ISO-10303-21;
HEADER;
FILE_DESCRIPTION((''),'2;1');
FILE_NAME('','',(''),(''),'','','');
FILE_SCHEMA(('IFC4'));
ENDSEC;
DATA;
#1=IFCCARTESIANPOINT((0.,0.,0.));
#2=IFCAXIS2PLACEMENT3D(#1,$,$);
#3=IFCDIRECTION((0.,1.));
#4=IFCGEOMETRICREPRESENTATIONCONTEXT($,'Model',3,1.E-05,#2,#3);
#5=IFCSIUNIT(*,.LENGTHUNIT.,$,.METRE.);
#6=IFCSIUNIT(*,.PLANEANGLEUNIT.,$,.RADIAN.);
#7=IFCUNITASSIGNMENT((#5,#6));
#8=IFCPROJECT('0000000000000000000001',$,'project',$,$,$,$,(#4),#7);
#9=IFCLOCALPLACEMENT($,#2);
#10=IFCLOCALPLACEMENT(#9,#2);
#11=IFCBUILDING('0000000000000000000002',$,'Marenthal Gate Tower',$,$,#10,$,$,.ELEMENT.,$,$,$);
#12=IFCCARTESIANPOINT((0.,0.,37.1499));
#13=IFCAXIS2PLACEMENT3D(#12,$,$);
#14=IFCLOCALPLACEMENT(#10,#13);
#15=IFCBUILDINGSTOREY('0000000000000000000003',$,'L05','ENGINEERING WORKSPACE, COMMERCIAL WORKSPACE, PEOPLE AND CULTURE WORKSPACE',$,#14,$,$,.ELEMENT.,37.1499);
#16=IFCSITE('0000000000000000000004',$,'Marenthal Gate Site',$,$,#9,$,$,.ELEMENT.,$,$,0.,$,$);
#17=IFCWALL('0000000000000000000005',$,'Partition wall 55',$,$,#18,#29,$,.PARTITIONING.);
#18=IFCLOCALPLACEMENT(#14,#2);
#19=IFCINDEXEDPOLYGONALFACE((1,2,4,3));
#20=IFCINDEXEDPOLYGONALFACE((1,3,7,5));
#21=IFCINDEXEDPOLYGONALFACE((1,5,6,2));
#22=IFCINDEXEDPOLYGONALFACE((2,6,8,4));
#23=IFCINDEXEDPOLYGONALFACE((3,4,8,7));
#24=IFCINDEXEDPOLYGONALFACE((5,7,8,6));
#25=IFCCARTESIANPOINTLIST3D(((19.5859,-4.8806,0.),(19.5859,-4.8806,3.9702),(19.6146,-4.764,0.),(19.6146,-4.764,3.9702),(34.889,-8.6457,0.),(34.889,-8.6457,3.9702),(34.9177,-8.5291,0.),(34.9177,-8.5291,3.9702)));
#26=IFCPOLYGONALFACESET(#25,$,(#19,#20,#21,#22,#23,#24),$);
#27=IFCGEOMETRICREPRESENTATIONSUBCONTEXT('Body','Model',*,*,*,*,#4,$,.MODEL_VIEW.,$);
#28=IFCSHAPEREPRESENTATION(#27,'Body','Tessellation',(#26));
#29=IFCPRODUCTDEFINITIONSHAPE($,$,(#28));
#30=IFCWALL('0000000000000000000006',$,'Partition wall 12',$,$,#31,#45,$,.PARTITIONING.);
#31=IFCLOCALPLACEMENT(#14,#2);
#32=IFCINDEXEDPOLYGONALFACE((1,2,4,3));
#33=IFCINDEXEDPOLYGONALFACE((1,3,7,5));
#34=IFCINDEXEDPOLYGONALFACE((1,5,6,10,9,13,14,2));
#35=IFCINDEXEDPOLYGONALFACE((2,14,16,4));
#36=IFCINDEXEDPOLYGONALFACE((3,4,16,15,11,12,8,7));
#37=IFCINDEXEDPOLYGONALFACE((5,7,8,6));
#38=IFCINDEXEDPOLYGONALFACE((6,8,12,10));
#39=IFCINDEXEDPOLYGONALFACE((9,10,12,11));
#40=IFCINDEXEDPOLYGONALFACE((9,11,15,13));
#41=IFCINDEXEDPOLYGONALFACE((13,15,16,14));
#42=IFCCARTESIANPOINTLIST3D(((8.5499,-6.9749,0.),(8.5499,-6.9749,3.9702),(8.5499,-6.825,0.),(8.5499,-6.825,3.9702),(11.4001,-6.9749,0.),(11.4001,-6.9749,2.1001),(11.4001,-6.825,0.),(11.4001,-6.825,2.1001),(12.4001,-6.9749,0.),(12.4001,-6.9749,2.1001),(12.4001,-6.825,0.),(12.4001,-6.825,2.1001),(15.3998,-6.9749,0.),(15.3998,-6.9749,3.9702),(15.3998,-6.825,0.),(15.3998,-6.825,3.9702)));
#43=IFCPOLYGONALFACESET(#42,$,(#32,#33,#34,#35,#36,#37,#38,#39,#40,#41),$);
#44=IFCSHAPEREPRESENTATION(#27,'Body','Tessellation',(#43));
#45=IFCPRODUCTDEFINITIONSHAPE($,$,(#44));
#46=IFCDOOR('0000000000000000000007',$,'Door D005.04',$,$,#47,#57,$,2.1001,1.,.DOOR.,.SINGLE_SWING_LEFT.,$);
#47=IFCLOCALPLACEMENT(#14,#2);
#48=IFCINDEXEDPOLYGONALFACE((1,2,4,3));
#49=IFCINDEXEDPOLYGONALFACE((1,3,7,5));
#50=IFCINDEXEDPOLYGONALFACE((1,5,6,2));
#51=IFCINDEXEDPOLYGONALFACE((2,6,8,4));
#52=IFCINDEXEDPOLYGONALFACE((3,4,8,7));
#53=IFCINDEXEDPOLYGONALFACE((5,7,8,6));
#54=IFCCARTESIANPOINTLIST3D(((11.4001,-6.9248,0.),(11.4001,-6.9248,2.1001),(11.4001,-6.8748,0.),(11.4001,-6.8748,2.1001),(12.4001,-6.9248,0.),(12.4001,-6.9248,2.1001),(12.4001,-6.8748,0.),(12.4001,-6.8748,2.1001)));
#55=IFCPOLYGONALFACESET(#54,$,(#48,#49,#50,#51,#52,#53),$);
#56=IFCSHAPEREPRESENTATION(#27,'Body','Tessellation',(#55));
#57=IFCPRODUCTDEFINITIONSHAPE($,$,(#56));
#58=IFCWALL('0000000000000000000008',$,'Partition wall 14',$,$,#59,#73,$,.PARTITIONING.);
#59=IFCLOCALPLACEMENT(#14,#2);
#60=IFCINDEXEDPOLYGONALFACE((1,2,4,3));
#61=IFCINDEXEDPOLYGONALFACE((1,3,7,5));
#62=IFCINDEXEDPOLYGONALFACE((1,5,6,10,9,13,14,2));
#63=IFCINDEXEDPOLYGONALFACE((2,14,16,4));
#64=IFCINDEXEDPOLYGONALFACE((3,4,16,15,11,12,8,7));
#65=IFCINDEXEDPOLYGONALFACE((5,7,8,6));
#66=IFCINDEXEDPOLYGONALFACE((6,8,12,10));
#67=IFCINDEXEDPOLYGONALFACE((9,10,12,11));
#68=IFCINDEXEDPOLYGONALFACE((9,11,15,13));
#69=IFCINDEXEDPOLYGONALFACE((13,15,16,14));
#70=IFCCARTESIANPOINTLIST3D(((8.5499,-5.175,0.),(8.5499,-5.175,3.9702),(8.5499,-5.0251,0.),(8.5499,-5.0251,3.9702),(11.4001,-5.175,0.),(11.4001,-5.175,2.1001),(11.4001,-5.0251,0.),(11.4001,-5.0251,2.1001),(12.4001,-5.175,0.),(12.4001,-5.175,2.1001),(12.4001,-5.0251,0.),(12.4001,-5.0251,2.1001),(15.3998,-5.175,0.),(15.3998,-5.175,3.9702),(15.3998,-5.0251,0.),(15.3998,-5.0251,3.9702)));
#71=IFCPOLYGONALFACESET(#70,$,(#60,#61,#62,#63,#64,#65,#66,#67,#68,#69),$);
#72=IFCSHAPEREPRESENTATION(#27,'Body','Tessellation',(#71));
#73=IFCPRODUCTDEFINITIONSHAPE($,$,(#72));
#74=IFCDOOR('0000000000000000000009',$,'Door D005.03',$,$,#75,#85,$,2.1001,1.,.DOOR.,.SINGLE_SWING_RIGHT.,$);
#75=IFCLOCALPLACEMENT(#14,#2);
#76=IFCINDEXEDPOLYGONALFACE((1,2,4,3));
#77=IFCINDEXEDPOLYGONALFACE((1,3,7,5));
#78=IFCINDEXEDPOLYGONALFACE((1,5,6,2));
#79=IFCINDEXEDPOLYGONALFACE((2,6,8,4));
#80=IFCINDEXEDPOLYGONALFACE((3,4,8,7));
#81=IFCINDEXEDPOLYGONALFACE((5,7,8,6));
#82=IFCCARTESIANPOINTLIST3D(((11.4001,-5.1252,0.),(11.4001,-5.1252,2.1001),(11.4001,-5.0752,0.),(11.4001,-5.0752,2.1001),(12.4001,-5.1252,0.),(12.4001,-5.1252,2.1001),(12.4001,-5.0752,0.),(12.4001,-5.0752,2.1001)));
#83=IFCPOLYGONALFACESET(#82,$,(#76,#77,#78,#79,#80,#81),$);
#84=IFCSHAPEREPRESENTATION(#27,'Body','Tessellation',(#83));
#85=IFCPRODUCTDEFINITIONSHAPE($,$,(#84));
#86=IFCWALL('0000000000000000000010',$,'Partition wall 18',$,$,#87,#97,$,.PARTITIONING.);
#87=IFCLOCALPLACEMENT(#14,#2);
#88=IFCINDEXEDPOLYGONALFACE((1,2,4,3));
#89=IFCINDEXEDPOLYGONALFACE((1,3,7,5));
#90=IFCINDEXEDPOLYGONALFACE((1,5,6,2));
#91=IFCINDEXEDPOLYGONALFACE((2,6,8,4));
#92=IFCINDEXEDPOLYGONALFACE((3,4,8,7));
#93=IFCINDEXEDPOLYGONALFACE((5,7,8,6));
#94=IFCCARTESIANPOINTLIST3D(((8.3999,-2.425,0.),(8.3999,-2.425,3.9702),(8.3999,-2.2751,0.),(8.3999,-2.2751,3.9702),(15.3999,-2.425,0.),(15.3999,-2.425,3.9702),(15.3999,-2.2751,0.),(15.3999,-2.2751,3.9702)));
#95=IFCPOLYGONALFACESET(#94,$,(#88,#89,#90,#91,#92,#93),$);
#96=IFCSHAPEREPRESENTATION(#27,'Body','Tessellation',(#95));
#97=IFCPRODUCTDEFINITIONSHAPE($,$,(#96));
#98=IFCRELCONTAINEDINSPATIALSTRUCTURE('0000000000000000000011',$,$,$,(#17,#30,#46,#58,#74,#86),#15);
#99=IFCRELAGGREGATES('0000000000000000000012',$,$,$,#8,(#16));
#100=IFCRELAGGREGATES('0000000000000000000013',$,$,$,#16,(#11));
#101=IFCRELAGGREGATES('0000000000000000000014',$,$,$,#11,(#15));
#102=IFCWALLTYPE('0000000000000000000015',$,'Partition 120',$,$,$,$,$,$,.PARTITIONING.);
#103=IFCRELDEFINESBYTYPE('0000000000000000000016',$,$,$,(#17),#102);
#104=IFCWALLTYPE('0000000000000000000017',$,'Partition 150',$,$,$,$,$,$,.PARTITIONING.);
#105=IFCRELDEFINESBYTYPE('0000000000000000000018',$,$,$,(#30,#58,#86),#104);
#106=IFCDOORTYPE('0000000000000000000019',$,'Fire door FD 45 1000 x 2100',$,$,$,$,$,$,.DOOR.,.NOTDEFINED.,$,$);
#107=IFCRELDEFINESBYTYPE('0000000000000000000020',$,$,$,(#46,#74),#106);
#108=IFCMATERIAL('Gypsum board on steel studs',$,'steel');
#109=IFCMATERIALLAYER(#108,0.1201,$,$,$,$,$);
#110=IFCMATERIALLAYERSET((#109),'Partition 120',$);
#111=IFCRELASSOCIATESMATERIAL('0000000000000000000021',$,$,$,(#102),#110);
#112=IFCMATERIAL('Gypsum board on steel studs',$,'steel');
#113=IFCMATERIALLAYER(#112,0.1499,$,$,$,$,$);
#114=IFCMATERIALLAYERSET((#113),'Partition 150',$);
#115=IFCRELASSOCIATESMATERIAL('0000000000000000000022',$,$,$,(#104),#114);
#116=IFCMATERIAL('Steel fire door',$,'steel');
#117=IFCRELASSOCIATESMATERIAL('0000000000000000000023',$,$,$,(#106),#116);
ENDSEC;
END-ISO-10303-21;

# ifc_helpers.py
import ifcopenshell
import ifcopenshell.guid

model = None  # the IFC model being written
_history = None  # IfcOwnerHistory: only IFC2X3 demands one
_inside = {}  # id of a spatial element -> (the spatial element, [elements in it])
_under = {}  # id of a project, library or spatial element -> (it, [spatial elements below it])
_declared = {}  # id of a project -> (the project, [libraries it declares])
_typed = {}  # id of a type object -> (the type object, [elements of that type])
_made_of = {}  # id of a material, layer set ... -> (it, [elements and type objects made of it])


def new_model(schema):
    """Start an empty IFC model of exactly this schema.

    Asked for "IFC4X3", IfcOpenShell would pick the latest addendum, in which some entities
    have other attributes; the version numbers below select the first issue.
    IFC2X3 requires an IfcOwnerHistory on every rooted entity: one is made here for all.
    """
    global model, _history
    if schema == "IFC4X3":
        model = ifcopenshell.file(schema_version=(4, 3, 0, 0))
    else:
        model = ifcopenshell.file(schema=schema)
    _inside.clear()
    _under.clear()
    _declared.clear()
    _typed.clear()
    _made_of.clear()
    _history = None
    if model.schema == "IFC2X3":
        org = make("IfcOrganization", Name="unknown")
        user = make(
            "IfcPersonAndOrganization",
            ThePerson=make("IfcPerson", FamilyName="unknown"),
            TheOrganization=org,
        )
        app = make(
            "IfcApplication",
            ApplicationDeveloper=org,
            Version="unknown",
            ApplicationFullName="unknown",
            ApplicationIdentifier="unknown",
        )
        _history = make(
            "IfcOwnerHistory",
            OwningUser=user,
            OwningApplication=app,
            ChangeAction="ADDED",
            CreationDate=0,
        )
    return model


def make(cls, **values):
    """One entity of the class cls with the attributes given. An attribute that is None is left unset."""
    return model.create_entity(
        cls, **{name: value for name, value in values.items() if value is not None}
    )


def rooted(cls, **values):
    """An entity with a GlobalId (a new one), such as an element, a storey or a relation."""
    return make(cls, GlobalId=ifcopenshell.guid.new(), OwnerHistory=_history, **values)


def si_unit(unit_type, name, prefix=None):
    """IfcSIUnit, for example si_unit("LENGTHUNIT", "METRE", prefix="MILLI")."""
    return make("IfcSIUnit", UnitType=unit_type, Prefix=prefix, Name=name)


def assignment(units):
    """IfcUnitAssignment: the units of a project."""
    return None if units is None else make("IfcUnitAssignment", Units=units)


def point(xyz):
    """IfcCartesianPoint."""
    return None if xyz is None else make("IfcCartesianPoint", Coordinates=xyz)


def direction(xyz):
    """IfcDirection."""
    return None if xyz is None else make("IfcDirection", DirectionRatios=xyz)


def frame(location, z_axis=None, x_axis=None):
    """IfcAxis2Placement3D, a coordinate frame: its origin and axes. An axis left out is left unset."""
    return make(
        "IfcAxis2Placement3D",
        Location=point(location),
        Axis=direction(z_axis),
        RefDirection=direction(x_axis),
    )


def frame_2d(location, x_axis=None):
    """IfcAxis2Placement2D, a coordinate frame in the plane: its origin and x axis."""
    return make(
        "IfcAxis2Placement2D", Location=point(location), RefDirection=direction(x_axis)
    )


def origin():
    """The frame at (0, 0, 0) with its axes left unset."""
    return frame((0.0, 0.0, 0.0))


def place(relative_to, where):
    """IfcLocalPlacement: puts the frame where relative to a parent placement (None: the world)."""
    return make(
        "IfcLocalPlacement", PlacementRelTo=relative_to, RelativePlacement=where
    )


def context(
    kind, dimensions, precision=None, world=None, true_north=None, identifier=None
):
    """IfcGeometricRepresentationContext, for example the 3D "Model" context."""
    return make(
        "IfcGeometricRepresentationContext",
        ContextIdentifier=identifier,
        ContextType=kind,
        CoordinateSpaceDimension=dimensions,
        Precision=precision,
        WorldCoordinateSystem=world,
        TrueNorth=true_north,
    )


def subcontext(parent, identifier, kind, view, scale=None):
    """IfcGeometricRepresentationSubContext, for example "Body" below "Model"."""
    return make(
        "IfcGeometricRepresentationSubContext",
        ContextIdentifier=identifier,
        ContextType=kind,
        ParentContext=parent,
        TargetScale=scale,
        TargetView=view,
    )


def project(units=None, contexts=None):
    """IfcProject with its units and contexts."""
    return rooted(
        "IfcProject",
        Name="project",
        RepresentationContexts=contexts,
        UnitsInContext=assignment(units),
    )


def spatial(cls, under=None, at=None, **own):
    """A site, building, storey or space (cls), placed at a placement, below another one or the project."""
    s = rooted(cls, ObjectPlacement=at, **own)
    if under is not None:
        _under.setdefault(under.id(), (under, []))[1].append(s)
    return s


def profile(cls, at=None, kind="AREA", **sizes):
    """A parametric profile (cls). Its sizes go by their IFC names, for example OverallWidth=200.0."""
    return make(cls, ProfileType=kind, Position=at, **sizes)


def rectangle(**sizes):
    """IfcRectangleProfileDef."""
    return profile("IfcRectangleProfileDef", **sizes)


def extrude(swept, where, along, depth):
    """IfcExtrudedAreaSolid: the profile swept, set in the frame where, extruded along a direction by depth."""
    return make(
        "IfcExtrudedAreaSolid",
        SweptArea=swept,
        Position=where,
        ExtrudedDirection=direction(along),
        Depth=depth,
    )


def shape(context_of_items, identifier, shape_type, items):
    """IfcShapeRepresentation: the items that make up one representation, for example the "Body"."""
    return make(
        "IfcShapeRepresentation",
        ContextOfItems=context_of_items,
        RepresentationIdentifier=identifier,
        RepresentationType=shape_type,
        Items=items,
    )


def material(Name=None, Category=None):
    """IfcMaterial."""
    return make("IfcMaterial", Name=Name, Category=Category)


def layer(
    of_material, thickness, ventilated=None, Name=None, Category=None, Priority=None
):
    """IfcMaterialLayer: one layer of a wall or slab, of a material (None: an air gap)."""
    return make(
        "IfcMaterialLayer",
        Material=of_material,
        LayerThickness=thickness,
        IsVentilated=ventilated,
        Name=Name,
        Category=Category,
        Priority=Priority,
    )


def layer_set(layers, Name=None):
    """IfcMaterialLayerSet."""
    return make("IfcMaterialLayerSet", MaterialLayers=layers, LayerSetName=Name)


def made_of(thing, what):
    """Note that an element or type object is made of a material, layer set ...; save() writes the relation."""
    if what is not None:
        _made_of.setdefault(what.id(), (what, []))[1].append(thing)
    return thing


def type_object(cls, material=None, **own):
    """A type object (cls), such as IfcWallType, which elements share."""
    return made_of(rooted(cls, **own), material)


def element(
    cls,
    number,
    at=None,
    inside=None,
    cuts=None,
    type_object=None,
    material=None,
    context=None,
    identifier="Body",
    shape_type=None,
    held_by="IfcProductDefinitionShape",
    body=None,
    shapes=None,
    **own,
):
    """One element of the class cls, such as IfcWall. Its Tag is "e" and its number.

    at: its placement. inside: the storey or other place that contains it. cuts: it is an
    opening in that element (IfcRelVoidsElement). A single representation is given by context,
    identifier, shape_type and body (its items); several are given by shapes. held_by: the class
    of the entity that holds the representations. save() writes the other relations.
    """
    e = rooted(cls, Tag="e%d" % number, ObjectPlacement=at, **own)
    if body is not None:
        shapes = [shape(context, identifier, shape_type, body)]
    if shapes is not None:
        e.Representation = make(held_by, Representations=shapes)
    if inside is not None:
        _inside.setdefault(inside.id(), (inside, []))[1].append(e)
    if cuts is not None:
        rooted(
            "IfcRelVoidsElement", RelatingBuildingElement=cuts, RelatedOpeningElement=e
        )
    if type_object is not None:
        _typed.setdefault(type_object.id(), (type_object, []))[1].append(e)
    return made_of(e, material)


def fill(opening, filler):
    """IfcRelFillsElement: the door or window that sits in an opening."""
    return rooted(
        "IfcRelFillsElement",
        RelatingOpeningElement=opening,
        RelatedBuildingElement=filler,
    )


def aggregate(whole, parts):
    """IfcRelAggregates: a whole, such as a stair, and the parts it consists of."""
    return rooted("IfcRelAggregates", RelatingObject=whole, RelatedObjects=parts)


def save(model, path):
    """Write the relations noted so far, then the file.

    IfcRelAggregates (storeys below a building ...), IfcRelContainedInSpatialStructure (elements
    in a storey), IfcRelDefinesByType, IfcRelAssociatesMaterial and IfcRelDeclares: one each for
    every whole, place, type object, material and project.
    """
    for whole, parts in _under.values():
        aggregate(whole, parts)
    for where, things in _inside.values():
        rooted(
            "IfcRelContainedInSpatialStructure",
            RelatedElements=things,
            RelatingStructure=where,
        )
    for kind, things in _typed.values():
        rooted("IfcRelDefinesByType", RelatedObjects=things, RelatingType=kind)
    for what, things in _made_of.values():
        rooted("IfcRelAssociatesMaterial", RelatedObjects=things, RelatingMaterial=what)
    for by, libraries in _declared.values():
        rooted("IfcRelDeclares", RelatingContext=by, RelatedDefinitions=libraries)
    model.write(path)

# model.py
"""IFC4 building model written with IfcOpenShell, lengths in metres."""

from ifc_helpers import new_model, si_unit, direction, frame, frame_2d, origin, place, context, subcontext, project, spatial, rectangle, extrude, material, layer, layer_set, type_object, element, fill, save


model = new_model("IFC4")

# Units and contexts
model_context = context("Model", 3, precision=1e-05, world=origin(), true_north=direction((0.0, 1.0)))
body_context = subcontext(model_context, "Body", "Model", "MODEL_VIEW")
ifc_project = project(units=[si_unit("LENGTHUNIT", "METRE"), si_unit("PLANEANGLEUNIT", "RADIAN")], contexts=[model_context])

# Site, building, storey
site_placement = place(None, origin())
site = spatial("IfcSite", under=ifc_project, at=site_placement, Name="Marenthal Gate Site", CompositionType="ELEMENT", RefElevation=0.0)
building_placement = place(site_placement, origin())
building = spatial("IfcBuilding", under=site, at=building_placement, Name="Marenthal Gate Tower", CompositionType="ELEMENT")
storey_placement = place(building_placement, frame((0.0, 0.0, 37.1499)))
storey = spatial("IfcBuildingStorey", under=building, at=storey_placement, Name="L05", Description="ENGINEERING WORKSPACE, COMMERCIAL WORKSPACE, PEOPLE AND CULTURE WORKSPACE", CompositionType="ELEMENT", Elevation=37.1499)

# Wall
ifc_material_1 = material(Name="Gypsum board on steel studs", Category="steel")
ifc_layer_1 = layer(ifc_material_1, 0.1201)
ifc_layer_set_1 = layer_set([ifc_layer_1], Name="Partition 120")
wall_type_1 = type_object("IfcWallType", Name="Partition 120", PredefinedType="PARTITIONING", material=ifc_layer_set_1)
wall_1_placement = place(storey_placement, frame((19.6001, -4.8223, 0.0), z_axis=(0.0, 0.0, 1.0), x_axis=(0.971042, -0.238911, 0.0)))
element("IfcWall", 1, at=wall_1_placement, inside=storey, type_object=wall_type_1, Name="Partition wall 55", PredefinedType="PARTITIONING", context=body_context, shape_type="SweptSolid", body=[
    extrude(rectangle(XDim=15.7595, YDim=0.1201, at=frame_2d((7.8799, 0.0))), origin(), (0.0, 0.0, 1.0), 3.9702),
])

# Walls, openings, doors
ifc_material_2 = material(Name="Gypsum board on steel studs", Category="steel")
ifc_layer_2 = layer(ifc_material_2, 0.1499)
ifc_layer_set_2 = layer_set([ifc_layer_2], Name="Partition 150")
wall_type_2 = type_object("IfcWallType", Name="Partition 150", PredefinedType="PARTITIONING", material=ifc_layer_set_2)
wall_2_placement = place(storey_placement, frame((8.55, -6.8999, 0.0), z_axis=(0.0, 0.0, 1.0), x_axis=(1.0, 0.0, 0.0)))
wall_2 = element("IfcWall", 2, at=wall_2_placement, inside=storey, type_object=wall_type_2, Name="Partition wall 12", PredefinedType="PARTITIONING", context=body_context, shape_type="SweptSolid", body=[
    extrude(rectangle(XDim=6.8499, YDim=0.1499, at=frame_2d((3.4248, 0.0))), origin(), (0.0, 0.0, 1.0), 3.9702),
])
opening_1_placement = place(wall_2_placement, frame((2.8501, 0.0, 0.0)))
opening_1 = element("IfcOpeningElement", 3, at=opening_1_placement, cuts=wall_2, PredefinedType="OPENING", context=body_context, shape_type="SweptSolid", body=[
    extrude(rectangle(XDim=1.0, YDim=2.1001, at=frame_2d((0.5, 1.05))), frame((0.0, 0.085, 0.0), z_axis=(0.0, -1.0, 0.0), x_axis=(1.0, 0.0, 0.0)), (0.0, 0.0, 1.0), 0.1699),
])
ifc_material_3 = material(Name="Steel fire door", Category="steel")
door_type = type_object("IfcDoorType", Name="Fire door FD 45 1000 x 2100", OperationType="NOTDEFINED", PredefinedType="DOOR", material=ifc_material_3)
door_1_placement = place(opening_1_placement, frame((1.0, 0.0, 0.0), z_axis=(0.0, 0.0, 1.0), x_axis=(-1.0, 0.0, 0.0)))
door_1 = element("IfcDoor", 4, at=door_1_placement, inside=storey, type_object=door_type, Name="Door D005.04", OperationType="SINGLE_SWING_LEFT", OverallHeight=2.1001, OverallWidth=1.0, PredefinedType="DOOR", context=body_context, shape_type="SweptSolid", body=[
    extrude(rectangle(XDim=1.0, YDim=2.1001, at=frame_2d((0.5, 1.05))), frame((0.0, 0.0249, 0.0), z_axis=(0.0, -1.0, 0.0), x_axis=(1.0, 0.0, 0.0)), (0.0, 0.0, 1.0), 0.05),
])
fill(opening_1, door_1)
wall_3_placement = place(storey_placement, frame((8.55, -5.1001, 0.0), z_axis=(0.0, 0.0, 1.0), x_axis=(1.0, 0.0, 0.0)))
wall_3 = element("IfcWall", 5, at=wall_3_placement, inside=storey, type_object=wall_type_2, Name="Partition wall 14", PredefinedType="PARTITIONING", context=body_context, shape_type="SweptSolid", body=[
    extrude(rectangle(XDim=6.8499, YDim=0.1499, at=frame_2d((3.4248, 0.0))), origin(), (0.0, 0.0, 1.0), 3.9702),
])
opening_2_placement = place(wall_3_placement, frame((2.8501, 0.0, 0.0)))
opening_2 = element("IfcOpeningElement", 6, at=opening_2_placement, cuts=wall_3, PredefinedType="OPENING", context=body_context, shape_type="SweptSolid", body=[
    extrude(rectangle(XDim=1.0, YDim=2.1001, at=frame_2d((0.5, 1.05))), frame((0.0, 0.085, 0.0), z_axis=(0.0, -1.0, 0.0), x_axis=(1.0, 0.0, 0.0)), (0.0, 0.0, 1.0), 0.1699),
])
door_2_placement = place(opening_2_placement, origin())
door_2 = element("IfcDoor", 7, at=door_2_placement, inside=storey, type_object=door_type, Name="Door D005.03", OperationType="SINGLE_SWING_RIGHT", OverallHeight=2.1001, OverallWidth=1.0, PredefinedType="DOOR", context=body_context, shape_type="SweptSolid", body=[
    extrude(rectangle(XDim=1.0, YDim=2.1001, at=frame_2d((0.5, 1.05))), frame((0.0, 0.0249, 0.0), z_axis=(0.0, -1.0, 0.0), x_axis=(1.0, 0.0, 0.0)), (0.0, 0.0, 1.0), 0.05),
])
fill(opening_2, door_2)

# Wall
wall_4_placement = place(storey_placement, frame((8.3999, -2.3501, 0.0), z_axis=(0.0, 0.0, 1.0), x_axis=(1.0, 0.0, 0.0)))
element("IfcWall", 8, at=wall_4_placement, inside=storey, type_object=wall_type_2, Name="Partition wall 18", PredefinedType="PARTITIONING", context=body_context, shape_type="SweptSolid", body=[
    extrude(rectangle(XDim=7.0, YDim=0.1499, at=frame_2d((3.5, 0.0))), origin(), (0.0, 0.0, 1.0), 3.9702),
])

save(model, "model.ifc")
